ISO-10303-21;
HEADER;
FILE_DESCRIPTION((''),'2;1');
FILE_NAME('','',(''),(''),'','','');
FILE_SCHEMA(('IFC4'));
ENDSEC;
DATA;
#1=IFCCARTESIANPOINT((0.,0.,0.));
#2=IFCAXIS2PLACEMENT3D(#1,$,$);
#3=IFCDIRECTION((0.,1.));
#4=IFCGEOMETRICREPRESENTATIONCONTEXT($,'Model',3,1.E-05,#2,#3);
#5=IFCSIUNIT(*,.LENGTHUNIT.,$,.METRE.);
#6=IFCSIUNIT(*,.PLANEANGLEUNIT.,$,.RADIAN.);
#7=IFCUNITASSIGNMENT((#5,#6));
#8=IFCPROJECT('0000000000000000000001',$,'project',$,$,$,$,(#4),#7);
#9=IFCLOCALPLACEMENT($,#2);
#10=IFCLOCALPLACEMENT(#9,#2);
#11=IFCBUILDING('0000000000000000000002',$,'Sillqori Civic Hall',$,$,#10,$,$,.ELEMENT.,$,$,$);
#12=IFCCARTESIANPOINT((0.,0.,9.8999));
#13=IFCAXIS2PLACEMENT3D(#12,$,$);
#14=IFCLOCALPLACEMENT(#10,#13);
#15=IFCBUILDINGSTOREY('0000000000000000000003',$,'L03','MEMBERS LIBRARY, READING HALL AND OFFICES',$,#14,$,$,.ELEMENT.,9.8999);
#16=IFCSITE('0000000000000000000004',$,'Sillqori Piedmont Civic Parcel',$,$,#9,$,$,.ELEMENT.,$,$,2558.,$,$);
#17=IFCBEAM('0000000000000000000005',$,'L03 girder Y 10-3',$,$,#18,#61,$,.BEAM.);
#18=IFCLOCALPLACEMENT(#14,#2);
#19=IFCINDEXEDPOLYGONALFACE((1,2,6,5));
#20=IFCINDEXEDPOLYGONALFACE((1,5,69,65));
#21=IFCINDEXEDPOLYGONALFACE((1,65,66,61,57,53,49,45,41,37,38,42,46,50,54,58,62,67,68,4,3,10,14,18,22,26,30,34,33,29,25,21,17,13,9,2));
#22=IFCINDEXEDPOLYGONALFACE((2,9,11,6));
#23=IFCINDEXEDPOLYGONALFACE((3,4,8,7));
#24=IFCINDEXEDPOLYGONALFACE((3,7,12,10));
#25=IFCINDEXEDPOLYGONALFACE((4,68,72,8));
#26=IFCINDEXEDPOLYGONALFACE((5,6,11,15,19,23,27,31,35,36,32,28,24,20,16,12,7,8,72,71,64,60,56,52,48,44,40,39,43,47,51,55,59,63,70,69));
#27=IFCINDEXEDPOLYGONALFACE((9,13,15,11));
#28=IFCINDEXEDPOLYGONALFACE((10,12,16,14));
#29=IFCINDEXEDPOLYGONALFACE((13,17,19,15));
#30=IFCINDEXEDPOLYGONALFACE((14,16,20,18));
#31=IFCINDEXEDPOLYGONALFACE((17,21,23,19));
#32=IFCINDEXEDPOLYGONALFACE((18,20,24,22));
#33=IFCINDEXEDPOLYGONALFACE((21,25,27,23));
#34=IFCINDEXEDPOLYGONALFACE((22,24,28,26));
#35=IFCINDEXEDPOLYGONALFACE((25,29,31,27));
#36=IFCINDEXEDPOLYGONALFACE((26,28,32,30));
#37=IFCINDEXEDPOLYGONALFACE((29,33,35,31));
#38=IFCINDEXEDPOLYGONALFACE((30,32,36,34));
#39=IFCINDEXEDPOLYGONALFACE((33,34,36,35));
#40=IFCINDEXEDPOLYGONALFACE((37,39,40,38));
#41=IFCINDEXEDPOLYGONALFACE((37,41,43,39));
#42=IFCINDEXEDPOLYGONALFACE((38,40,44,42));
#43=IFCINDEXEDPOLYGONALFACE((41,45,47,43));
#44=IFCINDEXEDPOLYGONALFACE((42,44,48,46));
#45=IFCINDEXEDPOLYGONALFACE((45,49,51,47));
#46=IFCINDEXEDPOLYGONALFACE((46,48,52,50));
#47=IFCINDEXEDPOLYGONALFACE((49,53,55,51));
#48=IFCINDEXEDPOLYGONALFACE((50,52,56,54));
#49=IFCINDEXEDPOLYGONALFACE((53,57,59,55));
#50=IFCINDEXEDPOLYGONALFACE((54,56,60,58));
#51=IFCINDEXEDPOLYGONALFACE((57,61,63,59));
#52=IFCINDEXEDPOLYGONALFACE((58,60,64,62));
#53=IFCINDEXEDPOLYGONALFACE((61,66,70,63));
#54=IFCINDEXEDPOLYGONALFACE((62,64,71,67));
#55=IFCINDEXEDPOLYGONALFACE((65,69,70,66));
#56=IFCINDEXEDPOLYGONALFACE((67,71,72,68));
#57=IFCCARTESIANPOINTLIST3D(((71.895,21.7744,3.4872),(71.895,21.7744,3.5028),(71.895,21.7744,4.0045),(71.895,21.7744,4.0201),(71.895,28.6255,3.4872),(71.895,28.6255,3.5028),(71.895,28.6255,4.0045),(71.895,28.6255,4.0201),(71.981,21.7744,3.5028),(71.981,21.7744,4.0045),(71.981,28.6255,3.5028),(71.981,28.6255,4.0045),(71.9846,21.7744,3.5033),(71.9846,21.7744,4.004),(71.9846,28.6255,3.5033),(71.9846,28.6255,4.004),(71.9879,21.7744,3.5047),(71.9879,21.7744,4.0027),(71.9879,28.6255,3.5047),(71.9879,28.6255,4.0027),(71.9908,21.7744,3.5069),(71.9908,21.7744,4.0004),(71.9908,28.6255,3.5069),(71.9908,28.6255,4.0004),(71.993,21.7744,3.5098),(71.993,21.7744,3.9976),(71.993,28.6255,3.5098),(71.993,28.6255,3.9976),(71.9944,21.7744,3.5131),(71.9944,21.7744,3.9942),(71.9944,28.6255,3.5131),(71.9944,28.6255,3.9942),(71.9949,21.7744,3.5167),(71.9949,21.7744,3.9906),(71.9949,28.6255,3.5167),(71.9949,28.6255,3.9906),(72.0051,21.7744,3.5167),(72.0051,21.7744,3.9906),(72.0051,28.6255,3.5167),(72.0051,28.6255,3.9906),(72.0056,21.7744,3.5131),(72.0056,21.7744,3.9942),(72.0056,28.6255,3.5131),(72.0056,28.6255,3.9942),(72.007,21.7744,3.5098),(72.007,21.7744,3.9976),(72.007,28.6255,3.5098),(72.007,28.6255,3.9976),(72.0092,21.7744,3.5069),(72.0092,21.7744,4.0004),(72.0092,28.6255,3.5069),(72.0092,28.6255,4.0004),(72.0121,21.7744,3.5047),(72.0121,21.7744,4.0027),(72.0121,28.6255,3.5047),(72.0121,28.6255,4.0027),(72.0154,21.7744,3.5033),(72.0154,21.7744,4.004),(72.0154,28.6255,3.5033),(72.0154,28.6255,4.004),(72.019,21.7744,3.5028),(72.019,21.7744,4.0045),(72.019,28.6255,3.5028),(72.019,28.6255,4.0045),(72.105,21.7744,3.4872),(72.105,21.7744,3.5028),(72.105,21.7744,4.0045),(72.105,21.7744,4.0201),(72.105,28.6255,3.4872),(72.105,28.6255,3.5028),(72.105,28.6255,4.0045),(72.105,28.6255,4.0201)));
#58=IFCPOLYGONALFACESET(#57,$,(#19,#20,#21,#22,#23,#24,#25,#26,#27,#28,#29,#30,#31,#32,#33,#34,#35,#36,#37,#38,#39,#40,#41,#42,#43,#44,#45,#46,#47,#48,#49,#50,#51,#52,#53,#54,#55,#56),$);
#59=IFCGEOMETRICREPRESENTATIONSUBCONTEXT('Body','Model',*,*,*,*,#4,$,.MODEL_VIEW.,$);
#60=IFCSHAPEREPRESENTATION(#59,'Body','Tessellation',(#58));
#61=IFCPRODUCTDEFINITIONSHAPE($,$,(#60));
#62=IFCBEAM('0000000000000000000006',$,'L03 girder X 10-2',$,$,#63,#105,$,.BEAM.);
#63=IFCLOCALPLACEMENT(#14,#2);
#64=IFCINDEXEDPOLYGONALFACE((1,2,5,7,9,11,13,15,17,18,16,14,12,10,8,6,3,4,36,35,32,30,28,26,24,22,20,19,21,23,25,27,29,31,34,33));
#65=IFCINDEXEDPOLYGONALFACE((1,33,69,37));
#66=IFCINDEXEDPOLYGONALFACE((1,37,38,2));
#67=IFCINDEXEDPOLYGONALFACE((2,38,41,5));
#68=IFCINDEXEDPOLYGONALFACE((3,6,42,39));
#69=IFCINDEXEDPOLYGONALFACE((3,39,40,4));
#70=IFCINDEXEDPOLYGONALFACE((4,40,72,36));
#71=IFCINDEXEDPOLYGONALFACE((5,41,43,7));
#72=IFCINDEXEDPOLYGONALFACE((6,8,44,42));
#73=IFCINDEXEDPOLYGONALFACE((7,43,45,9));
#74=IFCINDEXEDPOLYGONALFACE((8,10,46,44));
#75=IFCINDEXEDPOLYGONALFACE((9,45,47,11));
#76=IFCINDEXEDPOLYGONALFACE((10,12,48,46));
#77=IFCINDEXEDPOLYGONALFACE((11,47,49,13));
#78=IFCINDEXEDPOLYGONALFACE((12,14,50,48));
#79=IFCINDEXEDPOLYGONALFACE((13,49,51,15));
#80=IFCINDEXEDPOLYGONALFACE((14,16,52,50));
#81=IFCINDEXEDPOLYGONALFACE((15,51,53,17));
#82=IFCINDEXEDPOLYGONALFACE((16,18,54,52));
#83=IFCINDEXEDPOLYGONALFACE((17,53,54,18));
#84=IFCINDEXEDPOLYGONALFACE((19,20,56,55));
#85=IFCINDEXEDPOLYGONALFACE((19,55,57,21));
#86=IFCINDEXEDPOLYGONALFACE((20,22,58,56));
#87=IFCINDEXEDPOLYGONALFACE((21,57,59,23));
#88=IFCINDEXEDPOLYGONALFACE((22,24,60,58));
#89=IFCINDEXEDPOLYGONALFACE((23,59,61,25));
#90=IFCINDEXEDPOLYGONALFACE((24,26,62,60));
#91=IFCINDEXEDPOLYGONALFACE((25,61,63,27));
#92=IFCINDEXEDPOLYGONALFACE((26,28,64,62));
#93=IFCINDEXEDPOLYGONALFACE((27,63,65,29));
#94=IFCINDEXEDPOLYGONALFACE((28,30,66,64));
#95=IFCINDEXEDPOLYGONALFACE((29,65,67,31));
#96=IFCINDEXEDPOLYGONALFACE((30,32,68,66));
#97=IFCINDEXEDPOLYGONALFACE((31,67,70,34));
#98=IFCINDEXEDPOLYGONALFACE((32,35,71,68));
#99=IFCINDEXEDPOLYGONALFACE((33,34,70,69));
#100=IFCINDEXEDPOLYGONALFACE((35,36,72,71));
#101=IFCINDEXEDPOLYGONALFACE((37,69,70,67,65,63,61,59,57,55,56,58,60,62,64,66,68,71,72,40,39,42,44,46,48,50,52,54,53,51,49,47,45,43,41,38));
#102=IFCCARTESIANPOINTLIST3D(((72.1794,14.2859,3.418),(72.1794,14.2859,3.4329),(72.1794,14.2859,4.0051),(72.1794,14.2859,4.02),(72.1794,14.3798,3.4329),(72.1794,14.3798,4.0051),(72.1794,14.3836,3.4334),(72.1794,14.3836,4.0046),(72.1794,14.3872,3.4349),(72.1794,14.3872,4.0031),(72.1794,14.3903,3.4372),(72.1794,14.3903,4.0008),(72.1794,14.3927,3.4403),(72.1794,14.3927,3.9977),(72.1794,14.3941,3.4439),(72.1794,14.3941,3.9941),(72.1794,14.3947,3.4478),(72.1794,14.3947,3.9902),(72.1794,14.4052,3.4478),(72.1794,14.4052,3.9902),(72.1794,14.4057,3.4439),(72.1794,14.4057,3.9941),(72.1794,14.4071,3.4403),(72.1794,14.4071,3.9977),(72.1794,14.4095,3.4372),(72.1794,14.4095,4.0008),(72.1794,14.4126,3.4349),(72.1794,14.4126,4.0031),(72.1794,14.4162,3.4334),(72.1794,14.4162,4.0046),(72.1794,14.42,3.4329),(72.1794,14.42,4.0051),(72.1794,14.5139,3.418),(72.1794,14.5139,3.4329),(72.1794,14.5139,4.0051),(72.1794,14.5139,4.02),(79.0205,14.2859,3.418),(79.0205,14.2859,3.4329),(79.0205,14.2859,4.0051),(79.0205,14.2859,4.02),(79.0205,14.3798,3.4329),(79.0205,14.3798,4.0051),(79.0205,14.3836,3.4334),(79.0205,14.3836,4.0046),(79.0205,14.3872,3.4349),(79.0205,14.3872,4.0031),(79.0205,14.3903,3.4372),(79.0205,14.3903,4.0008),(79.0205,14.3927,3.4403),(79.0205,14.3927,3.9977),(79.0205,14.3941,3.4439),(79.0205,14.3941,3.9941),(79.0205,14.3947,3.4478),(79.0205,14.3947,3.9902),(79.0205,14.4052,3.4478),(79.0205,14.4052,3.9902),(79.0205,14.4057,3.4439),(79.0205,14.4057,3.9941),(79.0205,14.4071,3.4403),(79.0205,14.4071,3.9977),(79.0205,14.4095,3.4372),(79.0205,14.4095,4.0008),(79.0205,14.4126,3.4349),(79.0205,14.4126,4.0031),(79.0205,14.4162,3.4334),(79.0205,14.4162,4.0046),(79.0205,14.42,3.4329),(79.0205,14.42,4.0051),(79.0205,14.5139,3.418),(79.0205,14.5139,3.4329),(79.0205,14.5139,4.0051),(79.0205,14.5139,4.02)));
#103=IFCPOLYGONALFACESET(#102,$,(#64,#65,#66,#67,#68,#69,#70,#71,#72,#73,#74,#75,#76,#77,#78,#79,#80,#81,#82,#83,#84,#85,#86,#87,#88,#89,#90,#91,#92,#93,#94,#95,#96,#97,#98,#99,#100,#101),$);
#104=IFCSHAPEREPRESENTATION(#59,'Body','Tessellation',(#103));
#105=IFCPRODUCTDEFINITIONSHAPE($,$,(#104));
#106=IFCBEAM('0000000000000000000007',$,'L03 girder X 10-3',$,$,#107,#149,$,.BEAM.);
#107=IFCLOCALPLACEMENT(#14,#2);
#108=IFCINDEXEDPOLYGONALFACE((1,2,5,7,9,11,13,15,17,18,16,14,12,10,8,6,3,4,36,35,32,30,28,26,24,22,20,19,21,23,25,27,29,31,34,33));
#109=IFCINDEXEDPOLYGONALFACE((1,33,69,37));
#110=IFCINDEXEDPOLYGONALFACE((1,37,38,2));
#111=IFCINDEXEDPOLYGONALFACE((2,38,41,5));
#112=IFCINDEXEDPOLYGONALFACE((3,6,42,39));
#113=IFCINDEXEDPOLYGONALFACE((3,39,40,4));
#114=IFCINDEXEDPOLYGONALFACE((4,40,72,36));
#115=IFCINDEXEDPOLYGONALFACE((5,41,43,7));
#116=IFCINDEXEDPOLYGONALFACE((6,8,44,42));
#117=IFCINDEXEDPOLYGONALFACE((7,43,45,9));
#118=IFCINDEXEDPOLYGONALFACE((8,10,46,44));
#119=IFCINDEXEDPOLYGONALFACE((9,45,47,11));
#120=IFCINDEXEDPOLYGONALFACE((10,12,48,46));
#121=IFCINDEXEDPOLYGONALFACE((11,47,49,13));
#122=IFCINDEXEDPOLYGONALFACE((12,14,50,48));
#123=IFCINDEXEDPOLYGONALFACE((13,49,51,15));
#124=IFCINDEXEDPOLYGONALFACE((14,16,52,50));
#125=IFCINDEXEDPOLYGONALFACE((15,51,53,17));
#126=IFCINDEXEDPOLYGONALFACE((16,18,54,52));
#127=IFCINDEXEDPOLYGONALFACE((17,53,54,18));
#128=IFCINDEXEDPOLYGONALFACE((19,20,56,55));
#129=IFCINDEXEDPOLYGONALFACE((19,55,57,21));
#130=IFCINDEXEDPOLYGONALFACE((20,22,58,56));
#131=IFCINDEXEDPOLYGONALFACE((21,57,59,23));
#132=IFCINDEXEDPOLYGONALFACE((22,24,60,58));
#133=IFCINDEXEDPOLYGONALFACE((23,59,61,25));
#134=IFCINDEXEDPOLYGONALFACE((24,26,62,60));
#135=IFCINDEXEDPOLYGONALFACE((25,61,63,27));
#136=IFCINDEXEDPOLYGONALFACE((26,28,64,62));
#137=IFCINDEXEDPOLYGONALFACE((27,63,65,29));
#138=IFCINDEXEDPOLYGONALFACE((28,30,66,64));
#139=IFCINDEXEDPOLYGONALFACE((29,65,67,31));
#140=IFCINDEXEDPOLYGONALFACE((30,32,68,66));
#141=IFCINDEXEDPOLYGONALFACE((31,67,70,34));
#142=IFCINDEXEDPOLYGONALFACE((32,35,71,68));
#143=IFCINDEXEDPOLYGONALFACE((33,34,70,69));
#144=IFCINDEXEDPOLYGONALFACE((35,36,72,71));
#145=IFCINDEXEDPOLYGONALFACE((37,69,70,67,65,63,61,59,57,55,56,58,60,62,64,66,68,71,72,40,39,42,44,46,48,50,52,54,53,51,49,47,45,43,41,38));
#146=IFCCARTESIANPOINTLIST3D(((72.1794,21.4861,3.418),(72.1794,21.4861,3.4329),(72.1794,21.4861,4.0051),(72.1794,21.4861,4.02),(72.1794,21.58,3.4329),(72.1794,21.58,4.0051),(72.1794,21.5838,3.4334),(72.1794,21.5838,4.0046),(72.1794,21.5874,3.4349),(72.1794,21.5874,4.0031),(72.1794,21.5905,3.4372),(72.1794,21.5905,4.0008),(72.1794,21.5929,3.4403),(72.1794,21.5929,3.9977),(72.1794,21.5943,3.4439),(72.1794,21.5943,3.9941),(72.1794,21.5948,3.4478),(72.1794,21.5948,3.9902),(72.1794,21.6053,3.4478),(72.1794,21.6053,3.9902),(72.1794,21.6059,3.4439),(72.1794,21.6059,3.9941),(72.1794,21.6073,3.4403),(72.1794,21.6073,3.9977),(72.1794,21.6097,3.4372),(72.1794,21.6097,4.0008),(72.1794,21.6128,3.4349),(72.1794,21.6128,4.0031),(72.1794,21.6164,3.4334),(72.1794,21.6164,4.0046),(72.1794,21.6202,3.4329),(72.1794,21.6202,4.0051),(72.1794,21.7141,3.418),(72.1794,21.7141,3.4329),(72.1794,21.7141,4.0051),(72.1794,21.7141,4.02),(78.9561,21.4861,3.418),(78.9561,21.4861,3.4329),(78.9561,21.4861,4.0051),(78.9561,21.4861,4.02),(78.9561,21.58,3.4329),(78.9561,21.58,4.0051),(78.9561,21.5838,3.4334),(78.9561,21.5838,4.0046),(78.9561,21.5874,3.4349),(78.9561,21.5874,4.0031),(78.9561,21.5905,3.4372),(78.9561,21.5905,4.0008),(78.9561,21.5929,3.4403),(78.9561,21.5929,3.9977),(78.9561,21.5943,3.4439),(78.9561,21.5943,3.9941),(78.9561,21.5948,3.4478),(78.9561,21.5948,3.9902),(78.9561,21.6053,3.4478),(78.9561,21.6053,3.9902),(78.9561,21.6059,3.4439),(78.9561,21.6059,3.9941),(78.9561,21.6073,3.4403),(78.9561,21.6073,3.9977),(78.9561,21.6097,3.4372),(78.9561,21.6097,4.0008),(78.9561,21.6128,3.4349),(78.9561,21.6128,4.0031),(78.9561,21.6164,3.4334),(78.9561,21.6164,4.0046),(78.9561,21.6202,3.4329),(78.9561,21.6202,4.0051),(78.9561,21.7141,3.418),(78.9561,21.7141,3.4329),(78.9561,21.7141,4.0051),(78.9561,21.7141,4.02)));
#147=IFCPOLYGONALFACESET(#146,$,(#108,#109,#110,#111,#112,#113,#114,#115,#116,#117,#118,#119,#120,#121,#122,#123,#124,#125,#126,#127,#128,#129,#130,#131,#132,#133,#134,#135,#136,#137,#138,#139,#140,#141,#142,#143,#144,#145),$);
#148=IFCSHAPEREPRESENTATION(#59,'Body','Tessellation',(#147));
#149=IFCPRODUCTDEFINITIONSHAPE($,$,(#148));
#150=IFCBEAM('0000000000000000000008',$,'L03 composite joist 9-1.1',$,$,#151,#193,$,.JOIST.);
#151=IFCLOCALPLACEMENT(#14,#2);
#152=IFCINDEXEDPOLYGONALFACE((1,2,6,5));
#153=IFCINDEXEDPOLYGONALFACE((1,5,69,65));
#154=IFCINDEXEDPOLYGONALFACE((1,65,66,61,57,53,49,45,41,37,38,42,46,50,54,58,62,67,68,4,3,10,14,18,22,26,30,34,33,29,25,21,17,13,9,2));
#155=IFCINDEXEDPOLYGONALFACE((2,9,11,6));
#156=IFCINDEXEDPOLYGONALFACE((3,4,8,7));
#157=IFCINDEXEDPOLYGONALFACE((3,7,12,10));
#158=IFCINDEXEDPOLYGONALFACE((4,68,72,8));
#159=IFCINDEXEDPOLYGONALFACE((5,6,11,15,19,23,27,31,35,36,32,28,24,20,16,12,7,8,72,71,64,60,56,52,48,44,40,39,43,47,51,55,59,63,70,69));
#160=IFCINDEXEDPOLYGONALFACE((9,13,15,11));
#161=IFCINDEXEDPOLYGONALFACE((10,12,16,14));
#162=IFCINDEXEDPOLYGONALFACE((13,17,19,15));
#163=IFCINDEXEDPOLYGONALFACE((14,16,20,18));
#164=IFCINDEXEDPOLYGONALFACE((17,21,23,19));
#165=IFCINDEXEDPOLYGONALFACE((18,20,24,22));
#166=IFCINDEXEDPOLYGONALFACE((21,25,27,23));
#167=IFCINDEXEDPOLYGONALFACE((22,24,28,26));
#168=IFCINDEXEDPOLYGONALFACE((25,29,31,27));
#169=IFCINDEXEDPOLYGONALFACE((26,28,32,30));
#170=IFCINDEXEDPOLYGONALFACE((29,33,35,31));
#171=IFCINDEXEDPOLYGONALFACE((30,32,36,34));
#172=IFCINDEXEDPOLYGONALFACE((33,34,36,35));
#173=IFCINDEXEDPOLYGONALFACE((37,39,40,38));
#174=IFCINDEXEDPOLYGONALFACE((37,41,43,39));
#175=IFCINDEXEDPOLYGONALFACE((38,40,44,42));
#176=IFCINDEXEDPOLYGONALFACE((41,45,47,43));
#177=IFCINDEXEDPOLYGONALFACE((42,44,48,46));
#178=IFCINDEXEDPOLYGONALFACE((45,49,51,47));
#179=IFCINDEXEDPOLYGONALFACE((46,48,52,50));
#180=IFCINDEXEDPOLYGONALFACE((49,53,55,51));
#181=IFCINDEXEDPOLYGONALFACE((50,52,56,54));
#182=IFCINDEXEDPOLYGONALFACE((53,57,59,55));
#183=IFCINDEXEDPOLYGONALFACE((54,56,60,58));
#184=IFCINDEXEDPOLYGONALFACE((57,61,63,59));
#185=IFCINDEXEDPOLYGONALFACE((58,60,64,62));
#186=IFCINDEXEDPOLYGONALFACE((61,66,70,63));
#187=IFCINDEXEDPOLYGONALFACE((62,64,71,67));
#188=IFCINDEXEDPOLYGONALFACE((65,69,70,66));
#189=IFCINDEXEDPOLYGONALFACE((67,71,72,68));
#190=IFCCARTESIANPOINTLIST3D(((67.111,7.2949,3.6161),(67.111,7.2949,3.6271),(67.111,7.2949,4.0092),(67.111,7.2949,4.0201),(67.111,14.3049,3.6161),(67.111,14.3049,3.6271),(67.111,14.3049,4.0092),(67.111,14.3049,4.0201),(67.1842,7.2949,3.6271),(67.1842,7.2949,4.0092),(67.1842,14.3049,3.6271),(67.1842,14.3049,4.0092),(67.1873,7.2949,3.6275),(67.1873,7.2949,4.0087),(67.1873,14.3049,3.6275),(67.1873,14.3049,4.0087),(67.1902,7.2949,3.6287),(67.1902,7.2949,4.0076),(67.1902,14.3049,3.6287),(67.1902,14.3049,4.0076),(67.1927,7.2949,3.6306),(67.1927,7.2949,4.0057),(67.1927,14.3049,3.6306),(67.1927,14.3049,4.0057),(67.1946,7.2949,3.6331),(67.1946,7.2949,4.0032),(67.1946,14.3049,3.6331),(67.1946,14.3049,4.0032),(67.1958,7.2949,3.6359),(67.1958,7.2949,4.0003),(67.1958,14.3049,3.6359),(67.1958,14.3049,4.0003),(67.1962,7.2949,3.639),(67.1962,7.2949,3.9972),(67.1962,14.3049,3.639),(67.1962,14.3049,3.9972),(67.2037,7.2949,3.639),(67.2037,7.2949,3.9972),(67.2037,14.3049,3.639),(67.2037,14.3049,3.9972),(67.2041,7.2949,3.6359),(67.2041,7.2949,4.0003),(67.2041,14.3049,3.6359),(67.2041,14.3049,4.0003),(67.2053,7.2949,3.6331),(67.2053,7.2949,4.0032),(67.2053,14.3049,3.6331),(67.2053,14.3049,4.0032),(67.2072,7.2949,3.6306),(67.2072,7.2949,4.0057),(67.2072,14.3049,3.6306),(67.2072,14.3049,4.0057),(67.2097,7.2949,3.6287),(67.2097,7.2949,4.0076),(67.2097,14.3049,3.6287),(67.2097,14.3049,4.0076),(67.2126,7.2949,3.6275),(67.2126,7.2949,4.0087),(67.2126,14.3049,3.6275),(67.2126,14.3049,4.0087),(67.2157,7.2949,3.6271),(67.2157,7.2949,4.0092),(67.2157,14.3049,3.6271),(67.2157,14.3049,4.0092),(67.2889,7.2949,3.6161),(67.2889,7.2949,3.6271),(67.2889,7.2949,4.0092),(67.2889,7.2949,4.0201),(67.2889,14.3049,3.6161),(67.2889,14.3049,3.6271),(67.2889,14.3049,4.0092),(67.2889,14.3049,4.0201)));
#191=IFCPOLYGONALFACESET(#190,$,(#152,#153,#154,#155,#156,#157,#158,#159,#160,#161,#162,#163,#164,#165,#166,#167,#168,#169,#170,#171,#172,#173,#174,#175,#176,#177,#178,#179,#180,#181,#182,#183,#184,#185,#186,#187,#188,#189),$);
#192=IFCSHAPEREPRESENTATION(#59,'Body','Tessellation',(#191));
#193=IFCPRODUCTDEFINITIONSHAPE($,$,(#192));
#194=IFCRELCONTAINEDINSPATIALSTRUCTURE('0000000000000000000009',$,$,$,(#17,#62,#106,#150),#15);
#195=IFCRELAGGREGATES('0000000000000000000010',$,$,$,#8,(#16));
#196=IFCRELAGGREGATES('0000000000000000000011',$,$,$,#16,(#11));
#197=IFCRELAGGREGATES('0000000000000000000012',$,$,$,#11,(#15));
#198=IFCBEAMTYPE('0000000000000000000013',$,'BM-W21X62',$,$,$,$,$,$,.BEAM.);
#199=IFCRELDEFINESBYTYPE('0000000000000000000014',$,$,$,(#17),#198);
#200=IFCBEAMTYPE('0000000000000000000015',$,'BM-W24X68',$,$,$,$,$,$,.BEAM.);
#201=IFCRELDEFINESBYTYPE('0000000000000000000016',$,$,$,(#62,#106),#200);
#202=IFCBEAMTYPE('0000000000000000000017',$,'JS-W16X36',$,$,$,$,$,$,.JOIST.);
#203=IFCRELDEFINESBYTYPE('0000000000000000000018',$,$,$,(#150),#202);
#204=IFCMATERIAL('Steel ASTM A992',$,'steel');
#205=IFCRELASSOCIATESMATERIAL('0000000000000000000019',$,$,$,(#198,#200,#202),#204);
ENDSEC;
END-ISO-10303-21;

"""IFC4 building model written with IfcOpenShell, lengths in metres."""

from ifc_helpers import new_model, si_unit, direction, frame, origin, origin_2d, place, context, subcontext, project, spatial, i_section, extrude, material, material_profile, profile_set, type_object, element, save


model = new_model("IFC4")

# Units and contexts
model_context = context("Model", 3, precision=1e-05, world=origin(), true_north=direction((0.0, 1.0)))
body_context = subcontext(model_context, "Body", "Model", "MODEL_VIEW")
ifc_project = project(units=[si_unit("LENGTHUNIT", "METRE"), si_unit("PLANEANGLEUNIT", "RADIAN")], contexts=[model_context])

# Site, building, storey
site_placement = place(None, origin())
site = spatial("IfcSite", under=ifc_project, at=site_placement, Name="Sillqori Piedmont Civic Parcel", CompositionType="ELEMENT", RefElevation=2558.0)
building_placement = place(site_placement, origin())
building = spatial("IfcBuilding", under=site, at=building_placement, Name="Sillqori Civic Hall", CompositionType="ELEMENT")
storey_placement = place(building_placement, frame((0.0, 0.0, 9.8999)))
storey = spatial("IfcBuildingStorey", under=building, at=storey_placement, Name="L03", Description="MEMBERS LIBRARY, READING HALL AND OFFICES", CompositionType="ELEMENT", Elevation=9.8999)

# Shared definitions
ifc_material_1 = material(Name="Steel ASTM A992", Category="steel")

# Beams
ifc_material_profile_1 = material_profile(ifc_material_1, i_section(OverallWidth=0.21, OverallDepth=0.533, WebThickness=0.0103, FlangeThickness=0.0156, FilletRadius=0.0139, at=origin_2d()), Name="W21X62")
ifc_profile_set_1 = profile_set([ifc_material_profile_1], Name="Steel ASTM A992")
beam_type_1 = type_object("IfcBeamType", Name="BM-W21X62", PredefinedType="BEAM", material=ifc_profile_set_1)
for number, where, z_axis, x_axis, name in (
    (1, (72.0, 21.7744, 3.7537), (0.0, 1.0, 0.0), (-1.0, 0.0, 0.0), "L03 girder Y 10-3"),
):
    element("IfcBeam", number, at=place(storey_placement, frame(where, z_axis=z_axis, x_axis=x_axis)), inside=storey, type_object=beam_type_1, Name=name, PredefinedType="BEAM", context=body_context, shape_type="SweptSolid", body=[
        extrude(i_section(OverallWidth=0.21, OverallDepth=0.533, WebThickness=0.0103, FlangeThickness=0.0156, FilletRadius=0.0139, at=origin_2d()), origin(), (0.0, 0.0, 1.0), 6.8511),
    ])
ifc_material_profile_2 = material_profile(ifc_material_1, i_section(OverallWidth=0.228, OverallDepth=0.6021, WebThickness=0.0105, FlangeThickness=0.0149, FilletRadius=0.0149, at=origin_2d()), Name="W24X68")
ifc_profile_set_2 = profile_set([ifc_material_profile_2], Name="Steel ASTM A992")
beam_type_2 = type_object("IfcBeamType", Name="BM-W24X68", PredefinedType="BEAM", material=ifc_profile_set_2)
beam_1_placement = place(storey_placement, frame((72.1794, 14.3999, 3.719), z_axis=(1.0, 0.0, 0.0), x_axis=(0.0, 1.0, 0.0)))
element("IfcBeam", 2, at=beam_1_placement, inside=storey, type_object=beam_type_2, Name="L03 girder X 10-2", PredefinedType="BEAM", context=body_context, shape_type="SweptSolid", body=[
    extrude(i_section(OverallWidth=0.228, OverallDepth=0.6021, WebThickness=0.0105, FlangeThickness=0.0149, FilletRadius=0.0149, at=origin_2d()), origin(), (0.0, 0.0, 1.0), 6.8411),
])
beam_2_placement = place(storey_placement, frame((72.1794, 21.6001, 3.719), z_axis=(1.0, 0.0, 0.0), x_axis=(0.0, 1.0, 0.0)))
element("IfcBeam", 3, at=beam_2_placement, inside=storey, type_object=beam_type_2, Name="L03 girder X 10-3", PredefinedType="BEAM", context=body_context, shape_type="SweptSolid", body=[
    extrude(i_section(OverallWidth=0.228, OverallDepth=0.6021, WebThickness=0.0105, FlangeThickness=0.0149, FilletRadius=0.0149, at=origin_2d()), origin(), (0.0, 0.0, 1.0), 6.7766),
])
ifc_material_profile_3 = material_profile(ifc_material_1, i_section(OverallWidth=0.178, OverallDepth=0.4041, WebThickness=0.0076, FlangeThickness=0.011, FilletRadius=0.012, at=origin_2d()), Name="W16X36")
ifc_profile_set_3 = profile_set([ifc_material_profile_3], Name="Steel ASTM A992")
beam_type_3 = type_object("IfcBeamType", Name="JS-W16X36", PredefinedType="JOIST", material=ifc_profile_set_3)
for number, where, z_axis, x_axis, name in (
    (4, (67.2, 7.2949, 3.8181), (0.0, 1.0, 0.0), (-1.0, 0.0, 0.0), "L03 composite joist 9-1.1"),
):
    element("IfcBeam", number, at=place(storey_placement, frame(where, z_axis=z_axis, x_axis=x_axis)), inside=storey, type_object=beam_type_3, Name=name, PredefinedType="JOIST", context=body_context, shape_type="SweptSolid", body=[
        extrude(i_section(OverallWidth=0.178, OverallDepth=0.4041, WebThickness=0.0076, FlangeThickness=0.011, FilletRadius=0.012, at=origin_2d()), origin(), (0.0, 0.0, 1.0), 7.01),
    ])

save(model, "model.ifc")
